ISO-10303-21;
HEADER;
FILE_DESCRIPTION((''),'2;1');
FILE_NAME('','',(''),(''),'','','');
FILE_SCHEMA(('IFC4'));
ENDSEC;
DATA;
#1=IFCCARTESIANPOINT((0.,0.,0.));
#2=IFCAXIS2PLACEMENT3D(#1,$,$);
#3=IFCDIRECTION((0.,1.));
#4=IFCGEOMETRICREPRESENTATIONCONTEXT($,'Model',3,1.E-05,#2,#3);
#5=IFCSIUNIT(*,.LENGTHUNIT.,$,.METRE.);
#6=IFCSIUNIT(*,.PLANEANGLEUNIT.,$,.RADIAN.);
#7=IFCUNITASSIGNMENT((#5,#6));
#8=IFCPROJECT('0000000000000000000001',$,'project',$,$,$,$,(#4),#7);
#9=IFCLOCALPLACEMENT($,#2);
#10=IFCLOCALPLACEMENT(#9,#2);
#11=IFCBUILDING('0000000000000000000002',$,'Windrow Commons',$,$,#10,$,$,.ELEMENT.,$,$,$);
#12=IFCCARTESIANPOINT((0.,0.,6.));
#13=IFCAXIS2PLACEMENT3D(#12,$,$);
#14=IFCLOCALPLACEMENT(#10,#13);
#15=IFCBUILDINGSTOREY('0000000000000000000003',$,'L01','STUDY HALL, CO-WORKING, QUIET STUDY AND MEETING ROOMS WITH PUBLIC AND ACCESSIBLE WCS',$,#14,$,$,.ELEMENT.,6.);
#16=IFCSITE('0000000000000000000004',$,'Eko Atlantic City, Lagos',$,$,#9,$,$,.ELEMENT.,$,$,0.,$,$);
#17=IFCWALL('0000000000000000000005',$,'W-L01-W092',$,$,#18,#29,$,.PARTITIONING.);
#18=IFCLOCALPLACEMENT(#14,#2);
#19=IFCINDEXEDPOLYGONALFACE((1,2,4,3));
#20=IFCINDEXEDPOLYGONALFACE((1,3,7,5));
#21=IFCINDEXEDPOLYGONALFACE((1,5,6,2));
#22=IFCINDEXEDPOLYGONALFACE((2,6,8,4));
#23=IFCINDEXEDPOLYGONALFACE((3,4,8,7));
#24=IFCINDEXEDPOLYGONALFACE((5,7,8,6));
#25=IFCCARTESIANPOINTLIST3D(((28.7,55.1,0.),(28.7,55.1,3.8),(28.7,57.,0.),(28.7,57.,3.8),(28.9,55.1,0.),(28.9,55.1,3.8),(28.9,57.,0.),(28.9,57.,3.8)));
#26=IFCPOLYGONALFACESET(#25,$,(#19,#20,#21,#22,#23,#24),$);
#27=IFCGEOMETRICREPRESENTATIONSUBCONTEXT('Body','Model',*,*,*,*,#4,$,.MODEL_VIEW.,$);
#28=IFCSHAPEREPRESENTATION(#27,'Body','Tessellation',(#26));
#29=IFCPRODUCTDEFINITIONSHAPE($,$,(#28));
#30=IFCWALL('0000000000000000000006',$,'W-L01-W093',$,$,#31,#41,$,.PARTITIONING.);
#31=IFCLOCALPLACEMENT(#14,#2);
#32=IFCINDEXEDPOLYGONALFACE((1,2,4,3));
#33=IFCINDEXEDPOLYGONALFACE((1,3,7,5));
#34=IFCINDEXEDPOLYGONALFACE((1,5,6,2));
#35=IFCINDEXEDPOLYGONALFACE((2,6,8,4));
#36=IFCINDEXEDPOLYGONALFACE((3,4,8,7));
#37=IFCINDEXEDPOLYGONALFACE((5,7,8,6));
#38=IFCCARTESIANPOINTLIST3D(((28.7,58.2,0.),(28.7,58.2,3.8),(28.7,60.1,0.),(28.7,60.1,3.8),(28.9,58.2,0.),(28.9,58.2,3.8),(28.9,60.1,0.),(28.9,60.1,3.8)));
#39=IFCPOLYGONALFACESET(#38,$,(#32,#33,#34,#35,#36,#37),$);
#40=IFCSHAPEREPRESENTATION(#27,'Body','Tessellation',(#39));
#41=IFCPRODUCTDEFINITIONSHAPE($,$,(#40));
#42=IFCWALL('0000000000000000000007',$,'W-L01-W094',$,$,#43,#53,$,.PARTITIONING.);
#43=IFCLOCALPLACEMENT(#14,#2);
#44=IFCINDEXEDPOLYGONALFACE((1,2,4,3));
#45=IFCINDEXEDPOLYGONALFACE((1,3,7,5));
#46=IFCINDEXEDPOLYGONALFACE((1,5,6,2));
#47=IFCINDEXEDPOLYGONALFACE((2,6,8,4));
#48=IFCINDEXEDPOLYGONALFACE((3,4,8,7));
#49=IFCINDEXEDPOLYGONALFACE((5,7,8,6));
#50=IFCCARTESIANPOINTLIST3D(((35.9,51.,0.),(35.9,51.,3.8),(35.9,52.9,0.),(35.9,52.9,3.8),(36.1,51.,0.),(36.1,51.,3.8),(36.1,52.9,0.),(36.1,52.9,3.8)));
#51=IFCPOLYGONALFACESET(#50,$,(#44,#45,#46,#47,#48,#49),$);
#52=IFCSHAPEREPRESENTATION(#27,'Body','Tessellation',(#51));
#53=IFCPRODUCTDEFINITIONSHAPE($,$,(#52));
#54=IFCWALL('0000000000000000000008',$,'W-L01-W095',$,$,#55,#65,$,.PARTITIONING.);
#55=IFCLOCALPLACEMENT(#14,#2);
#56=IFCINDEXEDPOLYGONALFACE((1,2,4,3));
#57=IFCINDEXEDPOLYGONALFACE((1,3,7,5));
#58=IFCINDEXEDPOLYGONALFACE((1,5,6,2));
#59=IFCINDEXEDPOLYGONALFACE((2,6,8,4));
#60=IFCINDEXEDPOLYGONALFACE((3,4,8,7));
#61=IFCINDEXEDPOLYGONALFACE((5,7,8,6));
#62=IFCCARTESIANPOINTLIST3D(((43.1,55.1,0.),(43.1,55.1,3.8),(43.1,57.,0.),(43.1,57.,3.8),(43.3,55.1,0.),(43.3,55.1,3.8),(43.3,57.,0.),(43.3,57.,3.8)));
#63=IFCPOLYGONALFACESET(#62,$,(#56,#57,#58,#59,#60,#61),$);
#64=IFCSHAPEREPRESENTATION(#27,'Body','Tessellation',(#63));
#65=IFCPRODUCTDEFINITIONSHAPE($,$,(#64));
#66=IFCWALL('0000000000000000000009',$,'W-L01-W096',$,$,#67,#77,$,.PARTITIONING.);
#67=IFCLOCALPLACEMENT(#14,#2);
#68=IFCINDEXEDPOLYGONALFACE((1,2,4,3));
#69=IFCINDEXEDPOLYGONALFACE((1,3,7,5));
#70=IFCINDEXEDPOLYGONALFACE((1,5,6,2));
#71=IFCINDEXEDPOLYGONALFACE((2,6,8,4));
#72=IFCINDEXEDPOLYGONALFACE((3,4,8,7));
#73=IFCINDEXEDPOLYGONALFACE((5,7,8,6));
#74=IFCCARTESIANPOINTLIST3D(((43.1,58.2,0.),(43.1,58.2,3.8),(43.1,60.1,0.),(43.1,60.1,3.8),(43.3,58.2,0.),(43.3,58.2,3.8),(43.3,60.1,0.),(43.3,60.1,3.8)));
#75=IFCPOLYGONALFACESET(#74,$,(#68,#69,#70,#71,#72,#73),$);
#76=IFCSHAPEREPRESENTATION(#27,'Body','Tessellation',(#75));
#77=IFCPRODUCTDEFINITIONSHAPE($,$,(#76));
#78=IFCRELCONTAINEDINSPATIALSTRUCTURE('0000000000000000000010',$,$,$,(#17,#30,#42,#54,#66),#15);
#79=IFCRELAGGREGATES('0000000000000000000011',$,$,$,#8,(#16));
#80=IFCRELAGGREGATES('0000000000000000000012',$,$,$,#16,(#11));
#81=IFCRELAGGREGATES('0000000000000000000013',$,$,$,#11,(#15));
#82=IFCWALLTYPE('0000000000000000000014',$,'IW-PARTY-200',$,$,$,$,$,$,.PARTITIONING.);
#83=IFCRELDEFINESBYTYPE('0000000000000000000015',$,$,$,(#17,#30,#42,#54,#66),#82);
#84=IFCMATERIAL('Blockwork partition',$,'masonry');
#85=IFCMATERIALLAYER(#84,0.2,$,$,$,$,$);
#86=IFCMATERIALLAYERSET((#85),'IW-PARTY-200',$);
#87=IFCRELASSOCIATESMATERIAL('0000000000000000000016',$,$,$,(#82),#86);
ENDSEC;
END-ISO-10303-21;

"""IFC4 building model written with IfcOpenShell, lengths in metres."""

from ifc_helpers import new_model, si_unit, direction, frame, frame_2d, origin, place, context, subcontext, project, spatial, rectangle, extrude, material, layer, layer_set, type_object, element, save


model = new_model("IFC4")

# Units and contexts
model_context = context("Model", 3, precision=1e-05, world=origin(), true_north=direction((0.0, 1.0)))
body_context = subcontext(model_context, "Body", "Model", "MODEL_VIEW")
ifc_project = project(units=[si_unit("LENGTHUNIT", "METRE"), si_unit("PLANEANGLEUNIT", "RADIAN")], contexts=[model_context])

# Site, building, storey
site_placement = place(None, origin())
site = spatial("IfcSite", under=ifc_project, at=site_placement, Name="Eko Atlantic City, Lagos", CompositionType="ELEMENT", RefElevation=0.0)
building_placement = place(site_placement, origin())
building = spatial("IfcBuilding", under=site, at=building_placement, Name="Windrow Commons", CompositionType="ELEMENT")
storey_placement = place(building_placement, frame((0.0, 0.0, 6.0)))
storey = spatial("IfcBuildingStorey", under=building, at=storey_placement, Name="L01", Description="STUDY HALL, CO-WORKING, QUIET STUDY AND MEETING ROOMS WITH PUBLIC AND ACCESSIBLE WCS", CompositionType="ELEMENT", Elevation=6.0)

# Walls
ifc_material_1 = material(Name="Blockwork partition", Category="masonry")
ifc_layer = layer(ifc_material_1, 0.2)
ifc_layer_set = layer_set([ifc_layer], Name="IW-PARTY-200")
wall_type = type_object("IfcWallType", Name="IW-PARTY-200", PredefinedType="PARTITIONING", material=ifc_layer_set)
for number, where, z_axis, x_axis, name in (
    (1, (28.8, 55.1, 0.0), (0.0, 0.0, 1.0), (0.0, 1.0, 0.0), "W-L01-W092"),
    (2, (28.8, 58.2, 0.0), (0.0, 0.0, 1.0), (0.0, 1.0, 0.0), "W-L01-W093"),
    (3, (36.0, 51.0, 0.0), (0.0, 0.0, 1.0), (0.0, 1.0, 0.0), "W-L01-W094"),
    (4, (43.2, 55.1, 0.0), (0.0, 0.0, 1.0), (0.0, 1.0, 0.0), "W-L01-W095"),
    (5, (43.2, 58.2, 0.0), (0.0, 0.0, 1.0), (0.0, 1.0, 0.0), "W-L01-W096"),
):
    element("IfcWall", number, at=place(storey_placement, frame(where, z_axis=z_axis, x_axis=x_axis)), inside=storey, type_object=wall_type, Name=name, PredefinedType="PARTITIONING", context=body_context, shape_type="SweptSolid", body=[
        extrude(rectangle(XDim=1.9, YDim=0.2, at=frame_2d((0.95, 0.0))), origin(), (0.0, 0.0, 1.0), 3.8),
    ])

save(model, "model.ifc")
